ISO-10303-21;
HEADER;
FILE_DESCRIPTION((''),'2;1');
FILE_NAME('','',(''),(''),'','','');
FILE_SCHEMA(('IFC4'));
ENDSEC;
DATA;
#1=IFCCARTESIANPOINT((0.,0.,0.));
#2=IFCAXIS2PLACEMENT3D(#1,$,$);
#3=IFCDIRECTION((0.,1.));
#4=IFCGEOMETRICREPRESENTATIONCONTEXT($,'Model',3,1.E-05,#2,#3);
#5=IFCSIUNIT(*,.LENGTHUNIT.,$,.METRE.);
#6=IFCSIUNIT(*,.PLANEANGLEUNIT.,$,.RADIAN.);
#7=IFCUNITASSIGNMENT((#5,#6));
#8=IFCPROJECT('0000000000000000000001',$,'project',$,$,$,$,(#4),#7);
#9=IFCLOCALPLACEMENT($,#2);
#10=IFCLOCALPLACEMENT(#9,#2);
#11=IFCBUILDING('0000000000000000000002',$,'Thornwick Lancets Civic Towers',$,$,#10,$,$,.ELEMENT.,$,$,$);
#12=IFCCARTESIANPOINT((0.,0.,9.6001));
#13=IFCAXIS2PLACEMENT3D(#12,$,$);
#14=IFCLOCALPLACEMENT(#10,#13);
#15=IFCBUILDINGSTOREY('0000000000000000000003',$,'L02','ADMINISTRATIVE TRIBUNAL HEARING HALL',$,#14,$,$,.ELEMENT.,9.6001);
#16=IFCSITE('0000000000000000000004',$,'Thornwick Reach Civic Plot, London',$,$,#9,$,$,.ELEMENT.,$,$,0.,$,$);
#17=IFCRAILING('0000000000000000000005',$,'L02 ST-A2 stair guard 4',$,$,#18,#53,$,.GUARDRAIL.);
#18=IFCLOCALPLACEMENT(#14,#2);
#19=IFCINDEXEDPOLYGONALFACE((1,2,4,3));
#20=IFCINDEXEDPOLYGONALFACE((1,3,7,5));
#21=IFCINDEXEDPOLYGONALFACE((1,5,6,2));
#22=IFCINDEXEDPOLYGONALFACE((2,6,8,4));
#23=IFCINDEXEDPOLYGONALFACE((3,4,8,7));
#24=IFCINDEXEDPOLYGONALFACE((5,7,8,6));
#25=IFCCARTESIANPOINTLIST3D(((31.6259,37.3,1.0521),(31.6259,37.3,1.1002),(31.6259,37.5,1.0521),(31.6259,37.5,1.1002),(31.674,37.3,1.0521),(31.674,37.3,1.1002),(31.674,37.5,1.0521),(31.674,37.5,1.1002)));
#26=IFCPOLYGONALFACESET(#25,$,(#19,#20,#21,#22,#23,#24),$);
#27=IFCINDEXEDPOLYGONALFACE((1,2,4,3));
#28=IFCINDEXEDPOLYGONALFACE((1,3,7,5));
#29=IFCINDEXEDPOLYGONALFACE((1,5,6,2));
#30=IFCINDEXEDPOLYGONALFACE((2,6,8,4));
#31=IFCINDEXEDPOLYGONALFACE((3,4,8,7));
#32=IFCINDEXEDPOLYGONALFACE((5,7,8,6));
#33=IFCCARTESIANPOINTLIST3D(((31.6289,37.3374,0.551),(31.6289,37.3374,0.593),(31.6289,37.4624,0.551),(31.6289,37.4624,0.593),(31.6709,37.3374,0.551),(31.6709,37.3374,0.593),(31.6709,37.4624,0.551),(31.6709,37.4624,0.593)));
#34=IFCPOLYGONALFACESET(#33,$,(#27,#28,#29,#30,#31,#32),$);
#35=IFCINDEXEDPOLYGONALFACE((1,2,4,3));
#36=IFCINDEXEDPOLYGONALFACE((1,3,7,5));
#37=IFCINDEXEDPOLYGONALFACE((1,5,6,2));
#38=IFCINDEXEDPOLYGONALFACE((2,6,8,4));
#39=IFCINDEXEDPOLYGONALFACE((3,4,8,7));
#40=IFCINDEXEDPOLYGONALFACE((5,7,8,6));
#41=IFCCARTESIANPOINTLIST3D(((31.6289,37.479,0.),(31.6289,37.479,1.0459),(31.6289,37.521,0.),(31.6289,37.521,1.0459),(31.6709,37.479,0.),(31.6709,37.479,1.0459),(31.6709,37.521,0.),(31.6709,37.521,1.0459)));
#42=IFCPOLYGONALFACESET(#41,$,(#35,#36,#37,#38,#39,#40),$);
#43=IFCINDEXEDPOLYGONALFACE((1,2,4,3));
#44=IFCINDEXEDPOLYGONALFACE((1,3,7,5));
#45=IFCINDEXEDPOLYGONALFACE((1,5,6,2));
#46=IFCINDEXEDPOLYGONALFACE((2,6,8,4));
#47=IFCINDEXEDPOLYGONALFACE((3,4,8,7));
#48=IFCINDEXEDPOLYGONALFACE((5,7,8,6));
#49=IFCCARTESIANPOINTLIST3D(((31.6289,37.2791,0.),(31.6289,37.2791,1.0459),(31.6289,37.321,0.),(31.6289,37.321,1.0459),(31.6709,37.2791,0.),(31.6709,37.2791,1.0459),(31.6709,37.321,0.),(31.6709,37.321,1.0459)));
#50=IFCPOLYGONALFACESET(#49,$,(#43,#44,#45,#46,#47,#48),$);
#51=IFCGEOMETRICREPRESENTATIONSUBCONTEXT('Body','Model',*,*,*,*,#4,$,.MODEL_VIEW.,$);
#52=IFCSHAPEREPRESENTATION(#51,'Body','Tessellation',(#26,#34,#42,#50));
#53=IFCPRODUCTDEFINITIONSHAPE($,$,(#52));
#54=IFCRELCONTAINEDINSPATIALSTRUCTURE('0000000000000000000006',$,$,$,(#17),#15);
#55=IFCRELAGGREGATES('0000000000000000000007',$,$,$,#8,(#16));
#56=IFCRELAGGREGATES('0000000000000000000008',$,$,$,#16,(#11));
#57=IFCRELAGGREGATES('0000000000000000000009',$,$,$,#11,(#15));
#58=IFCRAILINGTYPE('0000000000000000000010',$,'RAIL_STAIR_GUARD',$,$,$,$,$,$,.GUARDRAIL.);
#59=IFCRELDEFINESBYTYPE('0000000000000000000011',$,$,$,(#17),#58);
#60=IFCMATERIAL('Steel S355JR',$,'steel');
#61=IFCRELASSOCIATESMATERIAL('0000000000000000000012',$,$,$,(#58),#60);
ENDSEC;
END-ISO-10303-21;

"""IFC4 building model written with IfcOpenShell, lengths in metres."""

from ifc_helpers import new_model, si_unit, direction, frame, origin, origin_2d, place, context, subcontext, project, spatial, rectangle, extrude, material, type_object, element, save


model = new_model("IFC4")

# Units and contexts
model_context = context("Model", 3, precision=1e-05, world=origin(), true_north=direction((0.0, 1.0)))
body_context = subcontext(model_context, "Body", "Model", "MODEL_VIEW")
ifc_project = project(units=[si_unit("LENGTHUNIT", "METRE"), si_unit("PLANEANGLEUNIT", "RADIAN")], contexts=[model_context])

# Site, building, storey
site_placement = place(None, origin())
site = spatial("IfcSite", under=ifc_project, at=site_placement, Name="Thornwick Reach Civic Plot, London", CompositionType="ELEMENT", RefElevation=0.0)
building_placement = place(site_placement, origin())
building = spatial("IfcBuilding", under=site, at=building_placement, Name="Thornwick Lancets Civic Towers", CompositionType="ELEMENT")
storey_placement = place(building_placement, frame((0.0, 0.0, 9.6001)))
storey = spatial("IfcBuildingStorey", under=building, at=storey_placement, Name="L02", Description="ADMINISTRATIVE TRIBUNAL HEARING HALL", CompositionType="ELEMENT", Elevation=9.6001)

# Railing
ifc_material_1 = material(Name="Steel S355JR", Category="steel")
railing_type_1 = type_object("IfcRailingType", Name="RAIL_STAIR_GUARD", PredefinedType="GUARDRAIL", material=ifc_material_1)
railing_1_placement = place(storey_placement, frame((31.6499, 37.5, 0.0)))
element("IfcRailing", 1, at=railing_1_placement, inside=storey, type_object=railing_type_1, Name="L02 ST-A2 stair guard 4", PredefinedType="GUARDRAIL", context=body_context, shape_type="SweptSolid", body=[
    extrude(rectangle(XDim=0.0481, YDim=0.0481, at=origin_2d()), frame((0.0, 0.0, 1.0762), z_axis=(0.0, -1.0, 0.0), x_axis=(1.0, 0.0, 0.0)), (0.0, 0.0, 1.0), 0.2),
    extrude(rectangle(XDim=0.042, YDim=0.042, at=origin_2d()), frame((0.0, -0.0376, 0.572), z_axis=(0.0, -1.0, 0.0), x_axis=(1.0, 0.0, 0.0)), (0.0, 0.0, 1.0), 0.125),
    extrude(rectangle(XDim=0.042, YDim=0.042, at=origin_2d()), origin(), (0.0, 0.0, 1.0), 1.0459),
    extrude(rectangle(XDim=0.042, YDim=0.042, at=origin_2d()), frame((0.0, -0.2, 0.0)), (0.0, 0.0, 1.0), 1.0459),
])

save(model, "model.ifc")
